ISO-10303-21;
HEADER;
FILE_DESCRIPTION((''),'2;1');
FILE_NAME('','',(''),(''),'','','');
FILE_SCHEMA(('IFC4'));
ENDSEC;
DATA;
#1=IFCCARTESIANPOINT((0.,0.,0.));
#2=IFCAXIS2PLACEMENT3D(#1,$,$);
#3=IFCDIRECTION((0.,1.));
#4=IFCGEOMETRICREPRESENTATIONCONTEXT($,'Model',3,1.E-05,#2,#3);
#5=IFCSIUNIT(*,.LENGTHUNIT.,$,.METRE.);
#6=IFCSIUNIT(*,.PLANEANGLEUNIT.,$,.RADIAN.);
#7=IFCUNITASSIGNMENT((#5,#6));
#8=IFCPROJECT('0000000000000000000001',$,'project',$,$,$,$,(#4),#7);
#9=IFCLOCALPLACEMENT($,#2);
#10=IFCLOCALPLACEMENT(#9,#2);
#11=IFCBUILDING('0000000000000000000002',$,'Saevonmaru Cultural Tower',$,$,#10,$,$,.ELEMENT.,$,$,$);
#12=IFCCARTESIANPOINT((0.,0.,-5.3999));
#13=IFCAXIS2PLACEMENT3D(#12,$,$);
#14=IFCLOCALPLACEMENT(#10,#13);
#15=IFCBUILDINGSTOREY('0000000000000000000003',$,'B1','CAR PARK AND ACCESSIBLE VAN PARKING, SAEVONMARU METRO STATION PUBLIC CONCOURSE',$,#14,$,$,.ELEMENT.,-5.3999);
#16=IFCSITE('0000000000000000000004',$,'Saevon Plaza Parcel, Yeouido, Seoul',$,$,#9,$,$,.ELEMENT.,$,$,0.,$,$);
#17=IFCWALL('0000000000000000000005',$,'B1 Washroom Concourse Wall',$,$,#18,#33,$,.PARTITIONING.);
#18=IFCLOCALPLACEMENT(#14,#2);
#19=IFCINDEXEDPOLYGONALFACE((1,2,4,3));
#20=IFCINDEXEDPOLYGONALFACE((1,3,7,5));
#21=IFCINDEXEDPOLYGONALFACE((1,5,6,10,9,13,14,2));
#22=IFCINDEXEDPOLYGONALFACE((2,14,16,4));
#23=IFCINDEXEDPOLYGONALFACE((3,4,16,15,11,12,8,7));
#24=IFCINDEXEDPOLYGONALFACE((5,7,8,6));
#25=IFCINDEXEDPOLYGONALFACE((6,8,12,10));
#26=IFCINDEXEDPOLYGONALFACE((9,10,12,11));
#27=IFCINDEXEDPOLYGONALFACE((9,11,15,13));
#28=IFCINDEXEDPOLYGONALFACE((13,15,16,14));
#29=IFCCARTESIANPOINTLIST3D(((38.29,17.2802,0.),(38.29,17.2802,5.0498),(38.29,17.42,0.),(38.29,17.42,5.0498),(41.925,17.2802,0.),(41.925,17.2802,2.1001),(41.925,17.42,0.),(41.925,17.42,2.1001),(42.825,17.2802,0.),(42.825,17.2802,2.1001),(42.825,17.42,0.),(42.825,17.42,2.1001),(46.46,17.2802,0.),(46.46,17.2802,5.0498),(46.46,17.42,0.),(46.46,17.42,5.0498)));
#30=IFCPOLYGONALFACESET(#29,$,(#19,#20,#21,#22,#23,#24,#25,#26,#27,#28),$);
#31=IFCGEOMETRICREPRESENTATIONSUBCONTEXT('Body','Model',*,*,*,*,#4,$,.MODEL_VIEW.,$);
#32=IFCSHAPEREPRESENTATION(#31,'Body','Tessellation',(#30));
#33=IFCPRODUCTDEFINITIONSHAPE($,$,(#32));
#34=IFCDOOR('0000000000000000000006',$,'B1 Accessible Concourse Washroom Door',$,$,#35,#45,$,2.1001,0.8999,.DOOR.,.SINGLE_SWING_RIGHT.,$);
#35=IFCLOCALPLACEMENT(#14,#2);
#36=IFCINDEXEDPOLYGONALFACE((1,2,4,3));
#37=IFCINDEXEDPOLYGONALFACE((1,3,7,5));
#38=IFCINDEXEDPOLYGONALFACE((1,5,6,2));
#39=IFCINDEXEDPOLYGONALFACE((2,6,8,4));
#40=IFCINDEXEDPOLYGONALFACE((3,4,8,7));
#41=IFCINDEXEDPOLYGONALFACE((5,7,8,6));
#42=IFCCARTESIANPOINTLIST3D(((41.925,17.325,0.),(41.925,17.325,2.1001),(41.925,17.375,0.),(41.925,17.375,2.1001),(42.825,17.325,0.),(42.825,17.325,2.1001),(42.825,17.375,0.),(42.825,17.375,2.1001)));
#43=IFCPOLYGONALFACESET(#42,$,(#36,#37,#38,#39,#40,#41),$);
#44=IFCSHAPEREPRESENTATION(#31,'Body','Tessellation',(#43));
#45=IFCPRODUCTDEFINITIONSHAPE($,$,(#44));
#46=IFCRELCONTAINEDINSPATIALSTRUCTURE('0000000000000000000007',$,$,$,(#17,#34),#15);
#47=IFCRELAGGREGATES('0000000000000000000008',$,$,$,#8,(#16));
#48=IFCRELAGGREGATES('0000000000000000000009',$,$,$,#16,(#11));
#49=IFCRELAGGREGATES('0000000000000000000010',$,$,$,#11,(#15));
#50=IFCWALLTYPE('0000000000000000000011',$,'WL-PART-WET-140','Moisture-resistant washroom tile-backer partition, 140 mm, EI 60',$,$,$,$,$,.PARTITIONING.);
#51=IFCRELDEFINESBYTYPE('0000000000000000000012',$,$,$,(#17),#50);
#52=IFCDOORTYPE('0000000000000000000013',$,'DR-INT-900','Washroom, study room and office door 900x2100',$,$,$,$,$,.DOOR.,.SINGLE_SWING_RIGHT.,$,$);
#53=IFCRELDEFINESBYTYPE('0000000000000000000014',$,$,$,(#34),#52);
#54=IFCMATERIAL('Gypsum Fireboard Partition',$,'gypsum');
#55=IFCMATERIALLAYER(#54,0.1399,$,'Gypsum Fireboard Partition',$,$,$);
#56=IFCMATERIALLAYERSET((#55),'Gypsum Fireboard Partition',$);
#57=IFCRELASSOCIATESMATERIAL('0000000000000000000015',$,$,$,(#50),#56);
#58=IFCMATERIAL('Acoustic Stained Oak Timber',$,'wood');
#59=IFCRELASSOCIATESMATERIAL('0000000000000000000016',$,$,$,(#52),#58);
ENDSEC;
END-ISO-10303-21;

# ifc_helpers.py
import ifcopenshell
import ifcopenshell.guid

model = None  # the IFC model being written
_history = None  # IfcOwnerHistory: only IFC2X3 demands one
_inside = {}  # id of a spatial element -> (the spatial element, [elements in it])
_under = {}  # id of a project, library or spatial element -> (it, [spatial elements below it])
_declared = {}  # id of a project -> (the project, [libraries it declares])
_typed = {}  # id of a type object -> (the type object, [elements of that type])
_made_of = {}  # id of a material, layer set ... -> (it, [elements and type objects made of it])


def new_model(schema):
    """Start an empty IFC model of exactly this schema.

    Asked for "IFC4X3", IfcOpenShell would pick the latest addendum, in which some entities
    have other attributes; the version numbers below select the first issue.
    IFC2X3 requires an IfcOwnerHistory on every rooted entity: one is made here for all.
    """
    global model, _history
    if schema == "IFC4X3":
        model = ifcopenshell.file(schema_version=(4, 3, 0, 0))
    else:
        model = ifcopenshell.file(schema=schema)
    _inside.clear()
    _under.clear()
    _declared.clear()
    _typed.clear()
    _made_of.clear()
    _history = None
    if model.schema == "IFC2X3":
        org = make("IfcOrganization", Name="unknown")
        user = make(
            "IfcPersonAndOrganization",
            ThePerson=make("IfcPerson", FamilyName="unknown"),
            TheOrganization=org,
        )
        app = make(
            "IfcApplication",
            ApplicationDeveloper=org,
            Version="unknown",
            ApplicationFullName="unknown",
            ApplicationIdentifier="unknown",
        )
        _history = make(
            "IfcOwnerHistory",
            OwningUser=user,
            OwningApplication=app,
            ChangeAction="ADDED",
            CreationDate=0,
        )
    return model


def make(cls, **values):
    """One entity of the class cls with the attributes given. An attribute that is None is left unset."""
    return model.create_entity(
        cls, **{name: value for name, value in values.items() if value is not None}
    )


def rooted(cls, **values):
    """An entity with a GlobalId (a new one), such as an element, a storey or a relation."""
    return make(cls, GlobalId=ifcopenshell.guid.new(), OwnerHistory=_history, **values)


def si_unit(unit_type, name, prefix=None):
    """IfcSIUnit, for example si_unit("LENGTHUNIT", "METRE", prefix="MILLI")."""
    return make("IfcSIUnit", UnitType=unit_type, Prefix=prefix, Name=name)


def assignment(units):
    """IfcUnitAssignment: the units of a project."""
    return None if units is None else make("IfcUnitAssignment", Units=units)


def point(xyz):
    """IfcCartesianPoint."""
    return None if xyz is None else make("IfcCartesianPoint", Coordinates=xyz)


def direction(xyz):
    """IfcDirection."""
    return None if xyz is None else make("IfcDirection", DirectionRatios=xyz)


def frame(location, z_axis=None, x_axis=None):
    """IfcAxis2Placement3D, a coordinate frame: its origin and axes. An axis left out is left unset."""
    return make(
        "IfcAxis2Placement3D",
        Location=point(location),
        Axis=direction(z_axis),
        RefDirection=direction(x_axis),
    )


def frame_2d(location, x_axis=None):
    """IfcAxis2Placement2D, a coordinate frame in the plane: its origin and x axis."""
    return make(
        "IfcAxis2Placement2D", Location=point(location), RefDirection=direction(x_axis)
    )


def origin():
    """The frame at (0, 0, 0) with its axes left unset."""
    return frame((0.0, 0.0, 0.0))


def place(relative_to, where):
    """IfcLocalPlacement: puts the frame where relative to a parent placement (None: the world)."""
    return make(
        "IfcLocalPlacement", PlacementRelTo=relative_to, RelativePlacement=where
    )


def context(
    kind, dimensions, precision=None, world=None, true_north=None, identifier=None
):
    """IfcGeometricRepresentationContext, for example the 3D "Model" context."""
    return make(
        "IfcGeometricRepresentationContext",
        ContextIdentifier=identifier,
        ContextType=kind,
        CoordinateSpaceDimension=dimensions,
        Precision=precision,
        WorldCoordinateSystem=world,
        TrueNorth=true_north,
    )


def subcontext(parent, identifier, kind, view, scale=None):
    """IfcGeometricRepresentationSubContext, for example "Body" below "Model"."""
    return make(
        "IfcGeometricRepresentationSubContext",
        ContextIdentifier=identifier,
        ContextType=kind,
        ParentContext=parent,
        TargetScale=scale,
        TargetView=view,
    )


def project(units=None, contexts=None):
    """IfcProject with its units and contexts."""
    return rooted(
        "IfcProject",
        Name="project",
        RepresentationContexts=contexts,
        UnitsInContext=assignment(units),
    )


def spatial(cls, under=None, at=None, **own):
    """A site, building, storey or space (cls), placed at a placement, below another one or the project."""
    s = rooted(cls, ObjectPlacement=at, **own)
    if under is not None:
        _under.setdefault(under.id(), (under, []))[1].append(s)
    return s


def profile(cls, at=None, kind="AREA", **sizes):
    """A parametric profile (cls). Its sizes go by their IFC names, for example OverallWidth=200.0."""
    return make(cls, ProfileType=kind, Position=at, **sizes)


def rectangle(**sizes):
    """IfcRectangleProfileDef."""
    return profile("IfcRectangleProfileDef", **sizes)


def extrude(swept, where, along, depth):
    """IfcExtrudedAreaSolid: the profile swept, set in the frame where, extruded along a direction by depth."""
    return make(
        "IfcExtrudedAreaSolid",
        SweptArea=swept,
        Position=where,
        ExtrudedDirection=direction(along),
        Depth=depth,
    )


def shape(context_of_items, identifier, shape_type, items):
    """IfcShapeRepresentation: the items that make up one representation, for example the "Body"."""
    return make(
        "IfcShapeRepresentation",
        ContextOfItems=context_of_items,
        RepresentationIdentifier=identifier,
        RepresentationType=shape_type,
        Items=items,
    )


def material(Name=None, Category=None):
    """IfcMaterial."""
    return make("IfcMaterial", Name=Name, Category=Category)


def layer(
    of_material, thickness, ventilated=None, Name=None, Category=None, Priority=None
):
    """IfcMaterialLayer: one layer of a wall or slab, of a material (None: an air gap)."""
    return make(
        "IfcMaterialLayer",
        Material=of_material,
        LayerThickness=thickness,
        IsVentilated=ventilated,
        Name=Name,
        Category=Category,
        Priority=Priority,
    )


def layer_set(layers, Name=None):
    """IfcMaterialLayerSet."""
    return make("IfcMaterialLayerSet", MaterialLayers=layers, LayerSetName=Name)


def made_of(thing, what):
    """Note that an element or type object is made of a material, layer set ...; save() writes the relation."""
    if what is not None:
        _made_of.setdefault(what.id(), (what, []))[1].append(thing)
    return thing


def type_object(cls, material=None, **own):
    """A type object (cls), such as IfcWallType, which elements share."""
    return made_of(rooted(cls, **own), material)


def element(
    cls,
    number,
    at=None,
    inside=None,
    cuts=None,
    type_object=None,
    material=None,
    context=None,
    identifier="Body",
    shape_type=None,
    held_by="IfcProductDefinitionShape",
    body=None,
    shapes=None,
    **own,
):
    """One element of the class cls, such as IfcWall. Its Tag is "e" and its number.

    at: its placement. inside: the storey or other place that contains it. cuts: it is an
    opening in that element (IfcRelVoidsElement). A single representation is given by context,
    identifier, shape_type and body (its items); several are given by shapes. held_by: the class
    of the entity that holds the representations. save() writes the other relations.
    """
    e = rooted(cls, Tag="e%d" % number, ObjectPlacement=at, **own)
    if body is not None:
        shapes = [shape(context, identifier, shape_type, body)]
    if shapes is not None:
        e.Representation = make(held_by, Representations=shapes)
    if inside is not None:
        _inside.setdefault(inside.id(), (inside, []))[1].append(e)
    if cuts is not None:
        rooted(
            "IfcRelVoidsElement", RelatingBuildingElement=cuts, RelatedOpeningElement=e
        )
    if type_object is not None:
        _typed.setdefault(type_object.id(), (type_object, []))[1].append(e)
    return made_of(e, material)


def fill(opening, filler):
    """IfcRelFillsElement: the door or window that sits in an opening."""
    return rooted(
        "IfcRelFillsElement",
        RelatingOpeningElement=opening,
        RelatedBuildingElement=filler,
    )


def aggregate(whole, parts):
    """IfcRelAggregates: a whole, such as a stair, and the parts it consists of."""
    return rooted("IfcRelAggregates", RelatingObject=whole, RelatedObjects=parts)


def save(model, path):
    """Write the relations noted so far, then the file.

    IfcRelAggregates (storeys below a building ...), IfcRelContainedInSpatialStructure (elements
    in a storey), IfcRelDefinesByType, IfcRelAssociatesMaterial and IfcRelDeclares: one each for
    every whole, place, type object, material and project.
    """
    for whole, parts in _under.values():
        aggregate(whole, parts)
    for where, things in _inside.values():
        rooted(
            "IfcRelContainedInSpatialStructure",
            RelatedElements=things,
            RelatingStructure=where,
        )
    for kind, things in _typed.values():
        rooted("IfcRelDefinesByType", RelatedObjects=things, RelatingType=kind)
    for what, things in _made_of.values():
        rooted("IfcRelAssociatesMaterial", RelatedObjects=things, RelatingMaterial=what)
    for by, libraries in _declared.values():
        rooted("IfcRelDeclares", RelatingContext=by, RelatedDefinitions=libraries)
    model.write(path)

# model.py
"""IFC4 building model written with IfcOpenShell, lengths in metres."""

from ifc_helpers import new_model, si_unit, direction, frame, frame_2d, origin, place, context, subcontext, project, spatial, rectangle, extrude, material, layer, layer_set, type_object, element, fill, save


model = new_model("IFC4")

# Units and contexts
model_context = context("Model", 3, precision=1e-05, world=origin(), true_north=direction((0.0, 1.0)))
body_context = subcontext(model_context, "Body", "Model", "MODEL_VIEW")
ifc_project = project(units=[si_unit("LENGTHUNIT", "METRE"), si_unit("PLANEANGLEUNIT", "RADIAN")], contexts=[model_context])

# Site, building, storey
site_placement = place(None, origin())
site = spatial("IfcSite", under=ifc_project, at=site_placement, Name="Saevon Plaza Parcel, Yeouido, Seoul", CompositionType="ELEMENT", RefElevation=0.0)
building_placement = place(site_placement, origin())
building = spatial("IfcBuilding", under=site, at=building_placement, Name="Saevonmaru Cultural Tower", CompositionType="ELEMENT")
storey_placement = place(building_placement, frame((0.0, 0.0, -5.3999)))
storey = spatial("IfcBuildingStorey", under=building, at=storey_placement, Name="B1", Description="CAR PARK AND ACCESSIBLE VAN PARKING, SAEVONMARU METRO STATION PUBLIC CONCOURSE", CompositionType="ELEMENT", Elevation=-5.3999)

# Wall, opening, door
ifc_material_1 = material(Name="Gypsum Fireboard Partition", Category="gypsum")
ifc_layer_1 = layer(ifc_material_1, 0.1399, Name="Gypsum Fireboard Partition")
ifc_layer_set_1 = layer_set([ifc_layer_1], Name="Gypsum Fireboard Partition")
wall_type_1 = type_object("IfcWallType", Name="WL-PART-WET-140", Description="Moisture-resistant washroom tile-backer partition, 140 mm, EI 60", PredefinedType="PARTITIONING", material=ifc_layer_set_1)
wall_1_placement = place(storey_placement, frame((38.29, 17.3501, 0.0), z_axis=(0.0, 0.0, 1.0), x_axis=(1.0, 0.0, 0.0)))
wall_1 = element("IfcWall", 1, at=wall_1_placement, inside=storey, type_object=wall_type_1, Name="B1 Washroom Concourse Wall", PredefinedType="PARTITIONING", context=body_context, shape_type="SweptSolid", body=[
    extrude(rectangle(XDim=8.1699, YDim=0.1399, at=frame_2d((4.085, 0.0))), origin(), (0.0, 0.0, 1.0), 5.0498),
])
opening_1_placement = place(wall_1_placement, frame((3.635, 0.0, 0.0)))
opening_1 = element("IfcOpeningElement", 2, at=opening_1_placement, cuts=wall_1, PredefinedType="OPENING", context=body_context, shape_type="SweptSolid", body=[
    extrude(rectangle(XDim=0.8999, YDim=2.1001, at=frame_2d((0.45, 1.05))), frame((0.0, 0.0801, 0.0), z_axis=(0.0, -1.0, 0.0), x_axis=(1.0, 0.0, 0.0)), (0.0, 0.0, 1.0), 0.1599),
])
ifc_material_2 = material(Name="Acoustic Stained Oak Timber", Category="wood")
door_type_1 = type_object("IfcDoorType", Name="DR-INT-900", Description="Washroom, study room and office door 900x2100", OperationType="SINGLE_SWING_RIGHT", PredefinedType="DOOR", material=ifc_material_2)
door_1_placement = place(opening_1_placement, origin())
door_1 = element("IfcDoor", 3, at=door_1_placement, inside=storey, type_object=door_type_1, Name="B1 Accessible Concourse Washroom Door", OperationType="SINGLE_SWING_RIGHT", OverallHeight=2.1001, OverallWidth=0.8999, PredefinedType="DOOR", context=body_context, shape_type="SweptSolid", body=[
    extrude(rectangle(XDim=0.8999, YDim=2.1001, at=frame_2d((0.45, 1.05))), frame((0.0, 0.0249, 0.0), z_axis=(0.0, -1.0, 0.0), x_axis=(1.0, 0.0, 0.0)), (0.0, 0.0, 1.0), 0.05),
])
fill(opening_1, door_1)

save(model, "model.ifc")
